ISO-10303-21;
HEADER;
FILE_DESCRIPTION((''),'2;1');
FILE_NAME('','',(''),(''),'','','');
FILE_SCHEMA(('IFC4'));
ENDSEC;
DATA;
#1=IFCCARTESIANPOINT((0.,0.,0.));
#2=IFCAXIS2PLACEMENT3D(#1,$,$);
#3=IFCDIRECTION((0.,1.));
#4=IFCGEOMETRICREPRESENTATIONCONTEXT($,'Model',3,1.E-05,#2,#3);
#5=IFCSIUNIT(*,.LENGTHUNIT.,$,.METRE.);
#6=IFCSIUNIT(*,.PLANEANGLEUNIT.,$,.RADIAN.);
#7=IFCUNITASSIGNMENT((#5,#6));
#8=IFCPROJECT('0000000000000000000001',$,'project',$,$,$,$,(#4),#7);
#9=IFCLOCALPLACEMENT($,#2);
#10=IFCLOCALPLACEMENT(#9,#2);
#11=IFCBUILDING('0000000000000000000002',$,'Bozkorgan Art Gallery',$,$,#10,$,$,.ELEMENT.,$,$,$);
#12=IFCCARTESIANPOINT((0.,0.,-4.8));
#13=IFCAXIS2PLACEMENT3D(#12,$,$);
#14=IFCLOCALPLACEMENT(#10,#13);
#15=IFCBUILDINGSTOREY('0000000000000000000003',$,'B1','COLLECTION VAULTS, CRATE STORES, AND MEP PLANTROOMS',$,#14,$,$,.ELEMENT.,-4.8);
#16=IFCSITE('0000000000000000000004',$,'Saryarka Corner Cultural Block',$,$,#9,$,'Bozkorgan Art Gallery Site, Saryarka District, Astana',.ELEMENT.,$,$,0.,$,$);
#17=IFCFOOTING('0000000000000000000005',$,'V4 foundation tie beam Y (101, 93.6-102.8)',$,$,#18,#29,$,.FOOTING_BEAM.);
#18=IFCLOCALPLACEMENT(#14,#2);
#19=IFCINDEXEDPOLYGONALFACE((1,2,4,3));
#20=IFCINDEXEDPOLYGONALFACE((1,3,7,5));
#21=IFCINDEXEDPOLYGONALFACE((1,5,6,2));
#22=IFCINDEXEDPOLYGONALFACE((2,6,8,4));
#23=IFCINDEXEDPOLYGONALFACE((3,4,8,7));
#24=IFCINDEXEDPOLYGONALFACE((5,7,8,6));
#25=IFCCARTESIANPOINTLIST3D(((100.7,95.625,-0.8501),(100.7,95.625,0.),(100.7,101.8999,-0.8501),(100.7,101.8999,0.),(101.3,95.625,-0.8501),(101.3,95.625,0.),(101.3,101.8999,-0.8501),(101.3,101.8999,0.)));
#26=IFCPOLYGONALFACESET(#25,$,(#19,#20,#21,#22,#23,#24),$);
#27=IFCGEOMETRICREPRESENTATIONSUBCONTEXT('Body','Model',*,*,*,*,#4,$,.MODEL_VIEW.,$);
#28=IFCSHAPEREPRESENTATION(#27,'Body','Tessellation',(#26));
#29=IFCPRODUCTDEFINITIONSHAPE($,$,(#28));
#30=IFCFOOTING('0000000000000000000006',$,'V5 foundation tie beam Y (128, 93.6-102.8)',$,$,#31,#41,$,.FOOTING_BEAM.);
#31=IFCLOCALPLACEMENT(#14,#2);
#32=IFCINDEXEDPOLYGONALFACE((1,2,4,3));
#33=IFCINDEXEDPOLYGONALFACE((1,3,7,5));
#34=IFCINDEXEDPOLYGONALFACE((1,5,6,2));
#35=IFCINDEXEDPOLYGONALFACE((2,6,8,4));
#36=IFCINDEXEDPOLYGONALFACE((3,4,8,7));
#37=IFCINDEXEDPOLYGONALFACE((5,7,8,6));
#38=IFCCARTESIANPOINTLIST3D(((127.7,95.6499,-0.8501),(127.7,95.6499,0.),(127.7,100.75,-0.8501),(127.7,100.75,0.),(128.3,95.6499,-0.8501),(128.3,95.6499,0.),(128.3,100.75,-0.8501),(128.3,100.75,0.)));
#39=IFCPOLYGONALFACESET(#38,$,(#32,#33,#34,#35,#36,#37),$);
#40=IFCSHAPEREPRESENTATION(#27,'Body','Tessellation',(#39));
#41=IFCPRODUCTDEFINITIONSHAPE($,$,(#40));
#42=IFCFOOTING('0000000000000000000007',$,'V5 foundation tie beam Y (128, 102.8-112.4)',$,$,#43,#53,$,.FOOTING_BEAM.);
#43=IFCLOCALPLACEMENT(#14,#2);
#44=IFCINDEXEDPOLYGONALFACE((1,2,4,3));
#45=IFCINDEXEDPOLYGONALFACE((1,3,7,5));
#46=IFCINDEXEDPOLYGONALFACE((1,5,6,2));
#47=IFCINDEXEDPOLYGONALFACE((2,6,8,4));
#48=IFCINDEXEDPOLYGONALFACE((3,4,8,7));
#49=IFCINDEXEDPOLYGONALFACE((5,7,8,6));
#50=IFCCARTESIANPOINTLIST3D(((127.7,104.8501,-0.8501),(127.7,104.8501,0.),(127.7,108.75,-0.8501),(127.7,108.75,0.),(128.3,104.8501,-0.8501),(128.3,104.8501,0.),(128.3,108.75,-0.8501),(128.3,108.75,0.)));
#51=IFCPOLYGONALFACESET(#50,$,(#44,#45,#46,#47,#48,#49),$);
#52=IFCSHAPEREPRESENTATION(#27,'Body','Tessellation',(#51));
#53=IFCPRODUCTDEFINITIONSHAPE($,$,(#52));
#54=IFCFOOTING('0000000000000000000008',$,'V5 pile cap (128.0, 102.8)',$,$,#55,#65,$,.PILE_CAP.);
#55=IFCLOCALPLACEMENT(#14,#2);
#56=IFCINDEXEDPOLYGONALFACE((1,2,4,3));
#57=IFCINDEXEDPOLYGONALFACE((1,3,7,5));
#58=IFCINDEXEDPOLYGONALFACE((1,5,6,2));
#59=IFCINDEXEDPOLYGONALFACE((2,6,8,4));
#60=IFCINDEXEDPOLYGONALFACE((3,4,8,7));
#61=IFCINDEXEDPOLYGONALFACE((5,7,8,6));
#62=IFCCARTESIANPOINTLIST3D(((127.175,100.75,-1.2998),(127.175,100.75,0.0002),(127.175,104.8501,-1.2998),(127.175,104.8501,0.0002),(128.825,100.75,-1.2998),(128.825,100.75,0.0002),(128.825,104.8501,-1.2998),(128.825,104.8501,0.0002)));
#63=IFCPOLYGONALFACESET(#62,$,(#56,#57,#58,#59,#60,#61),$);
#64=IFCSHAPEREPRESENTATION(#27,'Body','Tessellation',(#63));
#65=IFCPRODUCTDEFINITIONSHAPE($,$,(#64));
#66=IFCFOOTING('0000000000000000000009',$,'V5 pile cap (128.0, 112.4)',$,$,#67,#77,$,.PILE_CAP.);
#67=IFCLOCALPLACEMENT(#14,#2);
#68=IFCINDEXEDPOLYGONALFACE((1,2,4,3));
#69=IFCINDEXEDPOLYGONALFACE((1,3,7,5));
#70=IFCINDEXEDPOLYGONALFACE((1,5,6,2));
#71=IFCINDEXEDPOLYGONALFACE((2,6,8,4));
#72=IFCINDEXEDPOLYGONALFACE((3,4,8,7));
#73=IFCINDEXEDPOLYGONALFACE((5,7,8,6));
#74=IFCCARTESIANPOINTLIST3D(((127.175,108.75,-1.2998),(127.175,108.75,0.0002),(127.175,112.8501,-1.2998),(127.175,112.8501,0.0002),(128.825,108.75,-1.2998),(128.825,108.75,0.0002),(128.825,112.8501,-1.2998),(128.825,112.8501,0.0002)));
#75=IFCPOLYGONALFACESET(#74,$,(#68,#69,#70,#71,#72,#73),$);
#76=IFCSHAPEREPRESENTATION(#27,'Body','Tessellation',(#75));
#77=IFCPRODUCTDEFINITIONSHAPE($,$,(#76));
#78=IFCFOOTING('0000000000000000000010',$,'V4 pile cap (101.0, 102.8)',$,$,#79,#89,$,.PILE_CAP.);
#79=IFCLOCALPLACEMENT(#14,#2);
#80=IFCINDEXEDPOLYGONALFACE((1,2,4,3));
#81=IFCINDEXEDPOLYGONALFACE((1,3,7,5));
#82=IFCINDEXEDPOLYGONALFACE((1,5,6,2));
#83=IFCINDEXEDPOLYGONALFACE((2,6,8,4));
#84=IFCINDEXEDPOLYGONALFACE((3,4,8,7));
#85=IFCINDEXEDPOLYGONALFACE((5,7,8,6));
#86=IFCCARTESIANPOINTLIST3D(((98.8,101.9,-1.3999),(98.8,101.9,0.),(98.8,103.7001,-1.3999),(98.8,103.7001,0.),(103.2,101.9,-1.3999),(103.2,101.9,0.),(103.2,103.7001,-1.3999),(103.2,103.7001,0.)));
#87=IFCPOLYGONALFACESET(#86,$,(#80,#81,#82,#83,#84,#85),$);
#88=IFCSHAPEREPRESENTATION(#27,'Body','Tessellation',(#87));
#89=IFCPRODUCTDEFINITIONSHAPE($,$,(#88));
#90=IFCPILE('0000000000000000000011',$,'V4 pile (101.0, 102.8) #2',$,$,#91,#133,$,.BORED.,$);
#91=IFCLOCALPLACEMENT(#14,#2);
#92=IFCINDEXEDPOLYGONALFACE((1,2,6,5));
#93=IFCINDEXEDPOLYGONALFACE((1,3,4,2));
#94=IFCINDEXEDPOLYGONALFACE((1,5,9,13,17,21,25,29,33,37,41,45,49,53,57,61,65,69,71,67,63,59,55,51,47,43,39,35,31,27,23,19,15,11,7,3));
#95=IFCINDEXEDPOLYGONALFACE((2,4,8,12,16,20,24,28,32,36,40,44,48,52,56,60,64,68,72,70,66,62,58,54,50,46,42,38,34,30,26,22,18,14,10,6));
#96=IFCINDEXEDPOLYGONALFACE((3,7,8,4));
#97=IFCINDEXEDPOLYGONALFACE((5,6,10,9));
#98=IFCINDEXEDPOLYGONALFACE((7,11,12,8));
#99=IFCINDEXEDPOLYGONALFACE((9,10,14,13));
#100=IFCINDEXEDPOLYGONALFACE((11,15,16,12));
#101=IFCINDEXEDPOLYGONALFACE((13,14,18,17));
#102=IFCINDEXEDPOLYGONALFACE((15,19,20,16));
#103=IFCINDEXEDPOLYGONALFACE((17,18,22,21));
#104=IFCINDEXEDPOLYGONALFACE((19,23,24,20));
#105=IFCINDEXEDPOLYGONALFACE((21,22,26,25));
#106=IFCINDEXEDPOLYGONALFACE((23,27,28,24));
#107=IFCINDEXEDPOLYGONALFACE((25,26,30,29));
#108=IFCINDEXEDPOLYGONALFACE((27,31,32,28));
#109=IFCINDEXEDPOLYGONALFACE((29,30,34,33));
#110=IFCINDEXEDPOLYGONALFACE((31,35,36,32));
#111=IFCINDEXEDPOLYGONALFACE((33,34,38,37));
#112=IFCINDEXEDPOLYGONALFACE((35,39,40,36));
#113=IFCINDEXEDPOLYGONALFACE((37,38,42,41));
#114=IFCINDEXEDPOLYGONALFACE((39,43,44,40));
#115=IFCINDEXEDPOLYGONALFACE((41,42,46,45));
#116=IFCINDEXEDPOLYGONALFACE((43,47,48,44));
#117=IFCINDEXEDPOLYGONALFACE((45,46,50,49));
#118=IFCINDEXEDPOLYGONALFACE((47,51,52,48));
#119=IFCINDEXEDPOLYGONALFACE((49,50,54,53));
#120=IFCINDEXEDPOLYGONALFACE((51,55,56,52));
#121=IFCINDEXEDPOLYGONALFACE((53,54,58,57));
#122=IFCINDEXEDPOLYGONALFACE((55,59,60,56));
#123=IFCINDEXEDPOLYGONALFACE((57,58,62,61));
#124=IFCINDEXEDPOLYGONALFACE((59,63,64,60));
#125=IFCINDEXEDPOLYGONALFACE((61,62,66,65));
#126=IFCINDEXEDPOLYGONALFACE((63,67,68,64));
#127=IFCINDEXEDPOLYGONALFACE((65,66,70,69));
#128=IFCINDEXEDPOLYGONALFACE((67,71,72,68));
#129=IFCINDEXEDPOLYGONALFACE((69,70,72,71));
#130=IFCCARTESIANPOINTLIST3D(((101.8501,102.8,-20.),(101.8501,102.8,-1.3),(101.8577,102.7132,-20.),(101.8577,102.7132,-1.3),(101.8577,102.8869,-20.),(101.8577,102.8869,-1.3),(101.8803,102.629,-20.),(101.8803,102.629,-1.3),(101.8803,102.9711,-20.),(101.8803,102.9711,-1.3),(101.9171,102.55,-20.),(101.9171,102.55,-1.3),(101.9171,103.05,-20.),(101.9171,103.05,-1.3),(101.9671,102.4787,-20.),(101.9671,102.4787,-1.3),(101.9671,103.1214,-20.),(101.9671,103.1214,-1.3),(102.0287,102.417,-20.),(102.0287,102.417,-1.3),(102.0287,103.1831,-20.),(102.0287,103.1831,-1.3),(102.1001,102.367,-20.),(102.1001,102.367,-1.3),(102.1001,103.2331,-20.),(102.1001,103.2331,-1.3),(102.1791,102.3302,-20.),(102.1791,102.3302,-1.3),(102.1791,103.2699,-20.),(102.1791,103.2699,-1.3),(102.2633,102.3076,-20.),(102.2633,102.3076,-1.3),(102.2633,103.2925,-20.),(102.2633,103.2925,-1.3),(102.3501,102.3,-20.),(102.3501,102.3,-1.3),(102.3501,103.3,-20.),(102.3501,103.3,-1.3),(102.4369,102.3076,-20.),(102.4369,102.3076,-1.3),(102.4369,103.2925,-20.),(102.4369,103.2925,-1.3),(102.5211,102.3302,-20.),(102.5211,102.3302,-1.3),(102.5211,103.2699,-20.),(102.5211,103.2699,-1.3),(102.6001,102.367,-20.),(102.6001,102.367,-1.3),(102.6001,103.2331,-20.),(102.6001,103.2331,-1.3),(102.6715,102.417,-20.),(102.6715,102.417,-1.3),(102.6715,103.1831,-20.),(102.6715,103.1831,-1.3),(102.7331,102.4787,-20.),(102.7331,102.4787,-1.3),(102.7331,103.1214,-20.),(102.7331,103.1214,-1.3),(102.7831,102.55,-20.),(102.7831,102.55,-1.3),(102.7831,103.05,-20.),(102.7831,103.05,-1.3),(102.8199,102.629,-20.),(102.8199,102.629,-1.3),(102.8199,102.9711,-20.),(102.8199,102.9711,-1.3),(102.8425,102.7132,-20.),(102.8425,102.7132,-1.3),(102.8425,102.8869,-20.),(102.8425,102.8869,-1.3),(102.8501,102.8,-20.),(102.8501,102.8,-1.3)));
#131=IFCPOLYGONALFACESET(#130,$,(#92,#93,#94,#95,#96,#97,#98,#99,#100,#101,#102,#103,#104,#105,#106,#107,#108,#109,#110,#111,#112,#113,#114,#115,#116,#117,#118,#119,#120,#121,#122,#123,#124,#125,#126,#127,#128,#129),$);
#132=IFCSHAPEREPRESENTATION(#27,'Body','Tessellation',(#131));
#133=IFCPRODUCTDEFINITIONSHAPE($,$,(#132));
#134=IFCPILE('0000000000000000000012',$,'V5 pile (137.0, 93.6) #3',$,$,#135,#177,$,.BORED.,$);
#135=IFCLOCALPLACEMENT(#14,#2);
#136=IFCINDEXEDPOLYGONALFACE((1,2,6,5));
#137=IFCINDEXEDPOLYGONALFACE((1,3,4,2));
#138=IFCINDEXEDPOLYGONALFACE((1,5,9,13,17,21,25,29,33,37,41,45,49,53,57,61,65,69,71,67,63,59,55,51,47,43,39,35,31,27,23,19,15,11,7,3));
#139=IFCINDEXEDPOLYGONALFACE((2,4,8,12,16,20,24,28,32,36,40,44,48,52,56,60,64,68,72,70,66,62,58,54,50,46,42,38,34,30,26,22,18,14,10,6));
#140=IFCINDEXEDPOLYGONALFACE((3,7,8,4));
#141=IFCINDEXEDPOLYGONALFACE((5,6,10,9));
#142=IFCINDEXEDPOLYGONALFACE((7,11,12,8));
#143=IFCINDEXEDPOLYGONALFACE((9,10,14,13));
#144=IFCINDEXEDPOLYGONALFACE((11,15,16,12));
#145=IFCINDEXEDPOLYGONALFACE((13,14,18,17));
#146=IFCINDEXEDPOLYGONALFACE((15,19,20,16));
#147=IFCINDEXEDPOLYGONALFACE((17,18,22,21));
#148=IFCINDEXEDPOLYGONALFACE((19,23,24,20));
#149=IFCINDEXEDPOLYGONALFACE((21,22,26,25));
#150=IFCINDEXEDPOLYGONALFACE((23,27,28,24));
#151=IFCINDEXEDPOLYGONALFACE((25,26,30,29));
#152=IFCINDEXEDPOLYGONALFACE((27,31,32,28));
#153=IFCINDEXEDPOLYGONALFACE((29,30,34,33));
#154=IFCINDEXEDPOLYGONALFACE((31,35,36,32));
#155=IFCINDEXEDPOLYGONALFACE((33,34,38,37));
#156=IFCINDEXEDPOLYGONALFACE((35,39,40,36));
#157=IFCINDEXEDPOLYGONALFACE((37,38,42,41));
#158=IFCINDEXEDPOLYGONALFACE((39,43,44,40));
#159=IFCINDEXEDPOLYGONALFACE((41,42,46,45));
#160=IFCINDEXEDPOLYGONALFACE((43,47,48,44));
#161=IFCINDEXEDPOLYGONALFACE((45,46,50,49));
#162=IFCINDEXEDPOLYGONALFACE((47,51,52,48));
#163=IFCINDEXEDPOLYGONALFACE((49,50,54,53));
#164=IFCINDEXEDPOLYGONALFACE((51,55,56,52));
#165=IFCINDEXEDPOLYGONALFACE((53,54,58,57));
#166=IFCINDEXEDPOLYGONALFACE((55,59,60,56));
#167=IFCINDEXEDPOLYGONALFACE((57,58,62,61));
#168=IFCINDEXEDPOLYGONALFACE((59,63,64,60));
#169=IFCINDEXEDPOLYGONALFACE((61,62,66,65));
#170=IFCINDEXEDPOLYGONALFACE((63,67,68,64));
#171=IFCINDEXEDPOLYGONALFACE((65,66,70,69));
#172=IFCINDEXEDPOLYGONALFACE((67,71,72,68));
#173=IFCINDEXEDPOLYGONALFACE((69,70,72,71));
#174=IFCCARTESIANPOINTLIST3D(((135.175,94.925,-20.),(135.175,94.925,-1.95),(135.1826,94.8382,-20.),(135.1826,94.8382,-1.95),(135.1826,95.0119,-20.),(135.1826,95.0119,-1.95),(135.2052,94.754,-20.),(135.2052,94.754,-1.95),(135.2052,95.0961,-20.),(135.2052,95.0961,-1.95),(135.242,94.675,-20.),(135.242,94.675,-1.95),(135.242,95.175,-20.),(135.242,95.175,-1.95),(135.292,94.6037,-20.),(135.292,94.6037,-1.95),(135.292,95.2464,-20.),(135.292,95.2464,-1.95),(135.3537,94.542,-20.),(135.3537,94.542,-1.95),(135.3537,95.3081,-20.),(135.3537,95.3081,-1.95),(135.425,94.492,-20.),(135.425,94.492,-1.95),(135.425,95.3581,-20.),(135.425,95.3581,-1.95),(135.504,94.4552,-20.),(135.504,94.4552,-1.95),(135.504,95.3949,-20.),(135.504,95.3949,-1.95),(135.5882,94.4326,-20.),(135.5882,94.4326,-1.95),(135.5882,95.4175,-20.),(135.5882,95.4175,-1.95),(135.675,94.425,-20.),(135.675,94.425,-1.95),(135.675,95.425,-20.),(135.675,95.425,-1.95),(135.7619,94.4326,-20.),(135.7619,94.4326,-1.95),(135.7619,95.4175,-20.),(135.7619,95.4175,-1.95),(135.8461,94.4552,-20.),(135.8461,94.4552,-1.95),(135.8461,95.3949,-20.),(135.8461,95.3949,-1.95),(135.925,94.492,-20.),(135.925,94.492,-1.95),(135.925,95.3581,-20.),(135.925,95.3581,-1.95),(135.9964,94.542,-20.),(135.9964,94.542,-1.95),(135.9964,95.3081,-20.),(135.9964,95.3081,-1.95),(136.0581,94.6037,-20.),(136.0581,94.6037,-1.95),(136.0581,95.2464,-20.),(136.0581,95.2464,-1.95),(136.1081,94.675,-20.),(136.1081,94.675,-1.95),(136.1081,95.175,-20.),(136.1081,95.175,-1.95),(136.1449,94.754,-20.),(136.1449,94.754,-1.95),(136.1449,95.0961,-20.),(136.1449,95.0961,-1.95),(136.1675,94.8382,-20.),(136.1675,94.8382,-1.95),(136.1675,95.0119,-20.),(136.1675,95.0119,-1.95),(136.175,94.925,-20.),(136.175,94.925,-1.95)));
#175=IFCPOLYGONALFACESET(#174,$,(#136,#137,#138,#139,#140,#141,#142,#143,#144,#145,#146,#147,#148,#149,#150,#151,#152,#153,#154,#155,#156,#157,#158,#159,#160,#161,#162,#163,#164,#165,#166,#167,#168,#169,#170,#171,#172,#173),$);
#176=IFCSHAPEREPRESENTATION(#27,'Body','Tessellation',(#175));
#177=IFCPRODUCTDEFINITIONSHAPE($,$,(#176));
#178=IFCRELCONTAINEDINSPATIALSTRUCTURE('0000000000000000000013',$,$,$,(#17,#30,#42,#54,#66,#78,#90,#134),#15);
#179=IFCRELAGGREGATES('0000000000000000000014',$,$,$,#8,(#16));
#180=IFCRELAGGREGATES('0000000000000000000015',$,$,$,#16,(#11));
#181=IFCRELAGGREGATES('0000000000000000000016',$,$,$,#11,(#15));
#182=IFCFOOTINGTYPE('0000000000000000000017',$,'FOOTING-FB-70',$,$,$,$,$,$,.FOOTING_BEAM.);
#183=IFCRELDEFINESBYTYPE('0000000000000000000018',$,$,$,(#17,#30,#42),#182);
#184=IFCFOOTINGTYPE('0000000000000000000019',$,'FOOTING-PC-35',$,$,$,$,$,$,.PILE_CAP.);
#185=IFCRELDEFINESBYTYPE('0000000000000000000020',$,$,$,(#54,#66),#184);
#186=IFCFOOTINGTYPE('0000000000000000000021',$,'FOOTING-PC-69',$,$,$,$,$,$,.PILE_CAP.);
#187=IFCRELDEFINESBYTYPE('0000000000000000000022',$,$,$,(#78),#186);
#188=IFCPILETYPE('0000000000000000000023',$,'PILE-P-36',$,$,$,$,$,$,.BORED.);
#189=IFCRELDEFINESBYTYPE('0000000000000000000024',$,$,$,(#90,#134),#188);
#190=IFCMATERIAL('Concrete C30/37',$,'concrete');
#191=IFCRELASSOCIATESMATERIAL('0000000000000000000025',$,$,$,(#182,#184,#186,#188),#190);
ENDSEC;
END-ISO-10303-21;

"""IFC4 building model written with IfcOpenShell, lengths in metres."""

from ifc_helpers import new_model, si_unit, direction, frame, origin, origin_2d, place, context, subcontext, project, spatial, rectangle, circle, extrude, material, material_profile, profile_set, type_object, element, save


model = new_model("IFC4")

# Units and contexts
model_context = context("Model", 3, precision=1e-05, world=origin(), true_north=direction((0.0, 1.0)))
body_context = subcontext(model_context, "Body", "Model", "MODEL_VIEW")
ifc_project = project(units=[si_unit("LENGTHUNIT", "METRE"), si_unit("PLANEANGLEUNIT", "RADIAN")], contexts=[model_context])

# Site, building, storey
site_placement = place(None, origin())
site = spatial("IfcSite", under=ifc_project, at=site_placement, Name="Saryarka Corner Cultural Block", LongName="Bozkorgan Art Gallery Site, Saryarka District, Astana", CompositionType="ELEMENT", RefElevation=0.0)
building_placement = place(site_placement, origin())
building = spatial("IfcBuilding", under=site, at=building_placement, Name="Bozkorgan Art Gallery", CompositionType="ELEMENT")
storey_placement = place(building_placement, frame((0.0, 0.0, -4.8)))
storey = spatial("IfcBuildingStorey", under=building, at=storey_placement, Name="B1", Description="COLLECTION VAULTS, CRATE STORES, AND MEP PLANTROOMS", CompositionType="ELEMENT", Elevation=-4.8)

# Footings
ifc_material_1 = material(Name="Concrete C30/37", Category="concrete")
ifc_material_profile_1 = material_profile(ifc_material_1, rectangle(XDim=0.6001, YDim=0.8501, at=origin_2d()), Name="FND 600x850")
ifc_profile_set_1 = profile_set([ifc_material_profile_1], Name="Concrete C30/37")
footing_type_1 = type_object("IfcFootingType", Name="FOOTING-FB-70", PredefinedType="FOOTING_BEAM", material=ifc_profile_set_1)
footing_1_placement = place(storey_placement, frame((101.0, 95.625, -0.425), z_axis=(0.0, 1.0, 0.0), x_axis=(-1.0, 0.0, 0.0)))
element("IfcFooting", 1, at=footing_1_placement, inside=storey, type_object=footing_type_1, Name="V4 foundation tie beam Y (101, 93.6-102.8)", PredefinedType="FOOTING_BEAM", context=body_context, shape_type="SweptSolid", body=[
    extrude(rectangle(XDim=0.6001, YDim=0.8501, at=origin_2d()), origin(), (0.0, 0.0, 1.0), 6.2749),
])
footing_2_placement = place(storey_placement, frame((128.0, 95.6499, -0.425), z_axis=(0.0, 1.0, 0.0), x_axis=(-1.0, 0.0, 0.0)))
element("IfcFooting", 2, at=footing_2_placement, inside=storey, type_object=footing_type_1, Name="V5 foundation tie beam Y (128, 93.6-102.8)", PredefinedType="FOOTING_BEAM", context=body_context, shape_type="SweptSolid", body=[
    extrude(rectangle(XDim=0.6001, YDim=0.8501, at=origin_2d()), origin(), (0.0, 0.0, 1.0), 5.1001),
])
footing_3_placement = place(storey_placement, frame((128.0, 104.8501, -0.425), z_axis=(0.0, 1.0, 0.0), x_axis=(-1.0, 0.0, 0.0)))
element("IfcFooting", 3, at=footing_3_placement, inside=storey, type_object=footing_type_1, Name="V5 foundation tie beam Y (128, 102.8-112.4)", PredefinedType="FOOTING_BEAM", context=body_context, shape_type="SweptSolid", body=[
    extrude(rectangle(XDim=0.6001, YDim=0.8501, at=origin_2d()), origin(), (0.0, 0.0, 1.0), 3.8999),
])
footing_type_2 = type_object("IfcFootingType", Name="FOOTING-PC-35", PredefinedType="PILE_CAP", material=ifc_material_1)
for number, where, z_axis, x_axis, name in (
    (4, (128.0, 102.8, -1.2998), (0.0, 0.0, 1.0), (1.0, 0.0, 0.0), "V5 pile cap (128.0, 102.8)"),
    (5, (128.0, 110.8, -1.2998), (0.0, 0.0, 1.0), (1.0, 0.0, 0.0), "V5 pile cap (128.0, 112.4)"),
):
    element("IfcFooting", number, at=place(storey_placement, frame(where, z_axis=z_axis, x_axis=x_axis)), inside=storey, type_object=footing_type_2, Name=name, PredefinedType="PILE_CAP", context=body_context, shape_type="SweptSolid", body=[
        extrude(rectangle(XDim=1.6499, YDim=4.1001, at=origin_2d()), origin(), (0.0, 0.0, 1.0), 1.3),
    ])
footing_type_3 = type_object("IfcFootingType", Name="FOOTING-PC-69", PredefinedType="PILE_CAP", material=ifc_material_1)
footing_4_placement = place(storey_placement, frame((101.0, 102.8, -1.3999), z_axis=(0.0, 0.0, 1.0), x_axis=(1.0, 0.0, 0.0)))
element("IfcFooting", 6, at=footing_4_placement, inside=storey, type_object=footing_type_3, Name="V4 pile cap (101.0, 102.8)", PredefinedType="PILE_CAP", context=body_context, shape_type="SweptSolid", body=[
    extrude(rectangle(XDim=4.3999, YDim=1.8, at=origin_2d()), origin(), (0.0, 0.0, 1.0), 1.3999),
])

# Piles
ifc_material_profile_2 = material_profile(ifc_material_1, circle(Radius=0.5, at=origin_2d()), Name="PILE D1000")
ifc_profile_set_2 = profile_set([ifc_material_profile_2], Name="Concrete C30/37")
pile_type_1 = type_object("IfcPileType", Name="PILE-P-36", PredefinedType="BORED", material=ifc_profile_set_2)
pile_1_placement = place(storey_placement, frame((102.3501, 102.8, -1.3), z_axis=(0.0, 0.0, -1.0), x_axis=(1.0, 0.0, 0.0)))
element("IfcPile", 7, at=pile_1_placement, inside=storey, type_object=pile_type_1, Name="V4 pile (101.0, 102.8) #2", PredefinedType="BORED", context=body_context, shape_type="SweptSolid", body=[
    extrude(circle(Radius=0.5, at=origin_2d()), origin(), (0.0, 0.0, 1.0), 18.7),
])
pile_2_placement = place(storey_placement, frame((135.675, 94.925, -1.95), z_axis=(0.0, 0.0, -1.0), x_axis=(1.0, 0.0, 0.0)))
element("IfcPile", 8, at=pile_2_placement, inside=storey, type_object=pile_type_1, Name="V5 pile (137.0, 93.6) #3", PredefinedType="BORED", context=body_context, shape_type="SweptSolid", body=[
    extrude(circle(Radius=0.5, at=origin_2d()), origin(), (0.0, 0.0, 1.0), 18.05),
])

save(model, "model.ifc")
